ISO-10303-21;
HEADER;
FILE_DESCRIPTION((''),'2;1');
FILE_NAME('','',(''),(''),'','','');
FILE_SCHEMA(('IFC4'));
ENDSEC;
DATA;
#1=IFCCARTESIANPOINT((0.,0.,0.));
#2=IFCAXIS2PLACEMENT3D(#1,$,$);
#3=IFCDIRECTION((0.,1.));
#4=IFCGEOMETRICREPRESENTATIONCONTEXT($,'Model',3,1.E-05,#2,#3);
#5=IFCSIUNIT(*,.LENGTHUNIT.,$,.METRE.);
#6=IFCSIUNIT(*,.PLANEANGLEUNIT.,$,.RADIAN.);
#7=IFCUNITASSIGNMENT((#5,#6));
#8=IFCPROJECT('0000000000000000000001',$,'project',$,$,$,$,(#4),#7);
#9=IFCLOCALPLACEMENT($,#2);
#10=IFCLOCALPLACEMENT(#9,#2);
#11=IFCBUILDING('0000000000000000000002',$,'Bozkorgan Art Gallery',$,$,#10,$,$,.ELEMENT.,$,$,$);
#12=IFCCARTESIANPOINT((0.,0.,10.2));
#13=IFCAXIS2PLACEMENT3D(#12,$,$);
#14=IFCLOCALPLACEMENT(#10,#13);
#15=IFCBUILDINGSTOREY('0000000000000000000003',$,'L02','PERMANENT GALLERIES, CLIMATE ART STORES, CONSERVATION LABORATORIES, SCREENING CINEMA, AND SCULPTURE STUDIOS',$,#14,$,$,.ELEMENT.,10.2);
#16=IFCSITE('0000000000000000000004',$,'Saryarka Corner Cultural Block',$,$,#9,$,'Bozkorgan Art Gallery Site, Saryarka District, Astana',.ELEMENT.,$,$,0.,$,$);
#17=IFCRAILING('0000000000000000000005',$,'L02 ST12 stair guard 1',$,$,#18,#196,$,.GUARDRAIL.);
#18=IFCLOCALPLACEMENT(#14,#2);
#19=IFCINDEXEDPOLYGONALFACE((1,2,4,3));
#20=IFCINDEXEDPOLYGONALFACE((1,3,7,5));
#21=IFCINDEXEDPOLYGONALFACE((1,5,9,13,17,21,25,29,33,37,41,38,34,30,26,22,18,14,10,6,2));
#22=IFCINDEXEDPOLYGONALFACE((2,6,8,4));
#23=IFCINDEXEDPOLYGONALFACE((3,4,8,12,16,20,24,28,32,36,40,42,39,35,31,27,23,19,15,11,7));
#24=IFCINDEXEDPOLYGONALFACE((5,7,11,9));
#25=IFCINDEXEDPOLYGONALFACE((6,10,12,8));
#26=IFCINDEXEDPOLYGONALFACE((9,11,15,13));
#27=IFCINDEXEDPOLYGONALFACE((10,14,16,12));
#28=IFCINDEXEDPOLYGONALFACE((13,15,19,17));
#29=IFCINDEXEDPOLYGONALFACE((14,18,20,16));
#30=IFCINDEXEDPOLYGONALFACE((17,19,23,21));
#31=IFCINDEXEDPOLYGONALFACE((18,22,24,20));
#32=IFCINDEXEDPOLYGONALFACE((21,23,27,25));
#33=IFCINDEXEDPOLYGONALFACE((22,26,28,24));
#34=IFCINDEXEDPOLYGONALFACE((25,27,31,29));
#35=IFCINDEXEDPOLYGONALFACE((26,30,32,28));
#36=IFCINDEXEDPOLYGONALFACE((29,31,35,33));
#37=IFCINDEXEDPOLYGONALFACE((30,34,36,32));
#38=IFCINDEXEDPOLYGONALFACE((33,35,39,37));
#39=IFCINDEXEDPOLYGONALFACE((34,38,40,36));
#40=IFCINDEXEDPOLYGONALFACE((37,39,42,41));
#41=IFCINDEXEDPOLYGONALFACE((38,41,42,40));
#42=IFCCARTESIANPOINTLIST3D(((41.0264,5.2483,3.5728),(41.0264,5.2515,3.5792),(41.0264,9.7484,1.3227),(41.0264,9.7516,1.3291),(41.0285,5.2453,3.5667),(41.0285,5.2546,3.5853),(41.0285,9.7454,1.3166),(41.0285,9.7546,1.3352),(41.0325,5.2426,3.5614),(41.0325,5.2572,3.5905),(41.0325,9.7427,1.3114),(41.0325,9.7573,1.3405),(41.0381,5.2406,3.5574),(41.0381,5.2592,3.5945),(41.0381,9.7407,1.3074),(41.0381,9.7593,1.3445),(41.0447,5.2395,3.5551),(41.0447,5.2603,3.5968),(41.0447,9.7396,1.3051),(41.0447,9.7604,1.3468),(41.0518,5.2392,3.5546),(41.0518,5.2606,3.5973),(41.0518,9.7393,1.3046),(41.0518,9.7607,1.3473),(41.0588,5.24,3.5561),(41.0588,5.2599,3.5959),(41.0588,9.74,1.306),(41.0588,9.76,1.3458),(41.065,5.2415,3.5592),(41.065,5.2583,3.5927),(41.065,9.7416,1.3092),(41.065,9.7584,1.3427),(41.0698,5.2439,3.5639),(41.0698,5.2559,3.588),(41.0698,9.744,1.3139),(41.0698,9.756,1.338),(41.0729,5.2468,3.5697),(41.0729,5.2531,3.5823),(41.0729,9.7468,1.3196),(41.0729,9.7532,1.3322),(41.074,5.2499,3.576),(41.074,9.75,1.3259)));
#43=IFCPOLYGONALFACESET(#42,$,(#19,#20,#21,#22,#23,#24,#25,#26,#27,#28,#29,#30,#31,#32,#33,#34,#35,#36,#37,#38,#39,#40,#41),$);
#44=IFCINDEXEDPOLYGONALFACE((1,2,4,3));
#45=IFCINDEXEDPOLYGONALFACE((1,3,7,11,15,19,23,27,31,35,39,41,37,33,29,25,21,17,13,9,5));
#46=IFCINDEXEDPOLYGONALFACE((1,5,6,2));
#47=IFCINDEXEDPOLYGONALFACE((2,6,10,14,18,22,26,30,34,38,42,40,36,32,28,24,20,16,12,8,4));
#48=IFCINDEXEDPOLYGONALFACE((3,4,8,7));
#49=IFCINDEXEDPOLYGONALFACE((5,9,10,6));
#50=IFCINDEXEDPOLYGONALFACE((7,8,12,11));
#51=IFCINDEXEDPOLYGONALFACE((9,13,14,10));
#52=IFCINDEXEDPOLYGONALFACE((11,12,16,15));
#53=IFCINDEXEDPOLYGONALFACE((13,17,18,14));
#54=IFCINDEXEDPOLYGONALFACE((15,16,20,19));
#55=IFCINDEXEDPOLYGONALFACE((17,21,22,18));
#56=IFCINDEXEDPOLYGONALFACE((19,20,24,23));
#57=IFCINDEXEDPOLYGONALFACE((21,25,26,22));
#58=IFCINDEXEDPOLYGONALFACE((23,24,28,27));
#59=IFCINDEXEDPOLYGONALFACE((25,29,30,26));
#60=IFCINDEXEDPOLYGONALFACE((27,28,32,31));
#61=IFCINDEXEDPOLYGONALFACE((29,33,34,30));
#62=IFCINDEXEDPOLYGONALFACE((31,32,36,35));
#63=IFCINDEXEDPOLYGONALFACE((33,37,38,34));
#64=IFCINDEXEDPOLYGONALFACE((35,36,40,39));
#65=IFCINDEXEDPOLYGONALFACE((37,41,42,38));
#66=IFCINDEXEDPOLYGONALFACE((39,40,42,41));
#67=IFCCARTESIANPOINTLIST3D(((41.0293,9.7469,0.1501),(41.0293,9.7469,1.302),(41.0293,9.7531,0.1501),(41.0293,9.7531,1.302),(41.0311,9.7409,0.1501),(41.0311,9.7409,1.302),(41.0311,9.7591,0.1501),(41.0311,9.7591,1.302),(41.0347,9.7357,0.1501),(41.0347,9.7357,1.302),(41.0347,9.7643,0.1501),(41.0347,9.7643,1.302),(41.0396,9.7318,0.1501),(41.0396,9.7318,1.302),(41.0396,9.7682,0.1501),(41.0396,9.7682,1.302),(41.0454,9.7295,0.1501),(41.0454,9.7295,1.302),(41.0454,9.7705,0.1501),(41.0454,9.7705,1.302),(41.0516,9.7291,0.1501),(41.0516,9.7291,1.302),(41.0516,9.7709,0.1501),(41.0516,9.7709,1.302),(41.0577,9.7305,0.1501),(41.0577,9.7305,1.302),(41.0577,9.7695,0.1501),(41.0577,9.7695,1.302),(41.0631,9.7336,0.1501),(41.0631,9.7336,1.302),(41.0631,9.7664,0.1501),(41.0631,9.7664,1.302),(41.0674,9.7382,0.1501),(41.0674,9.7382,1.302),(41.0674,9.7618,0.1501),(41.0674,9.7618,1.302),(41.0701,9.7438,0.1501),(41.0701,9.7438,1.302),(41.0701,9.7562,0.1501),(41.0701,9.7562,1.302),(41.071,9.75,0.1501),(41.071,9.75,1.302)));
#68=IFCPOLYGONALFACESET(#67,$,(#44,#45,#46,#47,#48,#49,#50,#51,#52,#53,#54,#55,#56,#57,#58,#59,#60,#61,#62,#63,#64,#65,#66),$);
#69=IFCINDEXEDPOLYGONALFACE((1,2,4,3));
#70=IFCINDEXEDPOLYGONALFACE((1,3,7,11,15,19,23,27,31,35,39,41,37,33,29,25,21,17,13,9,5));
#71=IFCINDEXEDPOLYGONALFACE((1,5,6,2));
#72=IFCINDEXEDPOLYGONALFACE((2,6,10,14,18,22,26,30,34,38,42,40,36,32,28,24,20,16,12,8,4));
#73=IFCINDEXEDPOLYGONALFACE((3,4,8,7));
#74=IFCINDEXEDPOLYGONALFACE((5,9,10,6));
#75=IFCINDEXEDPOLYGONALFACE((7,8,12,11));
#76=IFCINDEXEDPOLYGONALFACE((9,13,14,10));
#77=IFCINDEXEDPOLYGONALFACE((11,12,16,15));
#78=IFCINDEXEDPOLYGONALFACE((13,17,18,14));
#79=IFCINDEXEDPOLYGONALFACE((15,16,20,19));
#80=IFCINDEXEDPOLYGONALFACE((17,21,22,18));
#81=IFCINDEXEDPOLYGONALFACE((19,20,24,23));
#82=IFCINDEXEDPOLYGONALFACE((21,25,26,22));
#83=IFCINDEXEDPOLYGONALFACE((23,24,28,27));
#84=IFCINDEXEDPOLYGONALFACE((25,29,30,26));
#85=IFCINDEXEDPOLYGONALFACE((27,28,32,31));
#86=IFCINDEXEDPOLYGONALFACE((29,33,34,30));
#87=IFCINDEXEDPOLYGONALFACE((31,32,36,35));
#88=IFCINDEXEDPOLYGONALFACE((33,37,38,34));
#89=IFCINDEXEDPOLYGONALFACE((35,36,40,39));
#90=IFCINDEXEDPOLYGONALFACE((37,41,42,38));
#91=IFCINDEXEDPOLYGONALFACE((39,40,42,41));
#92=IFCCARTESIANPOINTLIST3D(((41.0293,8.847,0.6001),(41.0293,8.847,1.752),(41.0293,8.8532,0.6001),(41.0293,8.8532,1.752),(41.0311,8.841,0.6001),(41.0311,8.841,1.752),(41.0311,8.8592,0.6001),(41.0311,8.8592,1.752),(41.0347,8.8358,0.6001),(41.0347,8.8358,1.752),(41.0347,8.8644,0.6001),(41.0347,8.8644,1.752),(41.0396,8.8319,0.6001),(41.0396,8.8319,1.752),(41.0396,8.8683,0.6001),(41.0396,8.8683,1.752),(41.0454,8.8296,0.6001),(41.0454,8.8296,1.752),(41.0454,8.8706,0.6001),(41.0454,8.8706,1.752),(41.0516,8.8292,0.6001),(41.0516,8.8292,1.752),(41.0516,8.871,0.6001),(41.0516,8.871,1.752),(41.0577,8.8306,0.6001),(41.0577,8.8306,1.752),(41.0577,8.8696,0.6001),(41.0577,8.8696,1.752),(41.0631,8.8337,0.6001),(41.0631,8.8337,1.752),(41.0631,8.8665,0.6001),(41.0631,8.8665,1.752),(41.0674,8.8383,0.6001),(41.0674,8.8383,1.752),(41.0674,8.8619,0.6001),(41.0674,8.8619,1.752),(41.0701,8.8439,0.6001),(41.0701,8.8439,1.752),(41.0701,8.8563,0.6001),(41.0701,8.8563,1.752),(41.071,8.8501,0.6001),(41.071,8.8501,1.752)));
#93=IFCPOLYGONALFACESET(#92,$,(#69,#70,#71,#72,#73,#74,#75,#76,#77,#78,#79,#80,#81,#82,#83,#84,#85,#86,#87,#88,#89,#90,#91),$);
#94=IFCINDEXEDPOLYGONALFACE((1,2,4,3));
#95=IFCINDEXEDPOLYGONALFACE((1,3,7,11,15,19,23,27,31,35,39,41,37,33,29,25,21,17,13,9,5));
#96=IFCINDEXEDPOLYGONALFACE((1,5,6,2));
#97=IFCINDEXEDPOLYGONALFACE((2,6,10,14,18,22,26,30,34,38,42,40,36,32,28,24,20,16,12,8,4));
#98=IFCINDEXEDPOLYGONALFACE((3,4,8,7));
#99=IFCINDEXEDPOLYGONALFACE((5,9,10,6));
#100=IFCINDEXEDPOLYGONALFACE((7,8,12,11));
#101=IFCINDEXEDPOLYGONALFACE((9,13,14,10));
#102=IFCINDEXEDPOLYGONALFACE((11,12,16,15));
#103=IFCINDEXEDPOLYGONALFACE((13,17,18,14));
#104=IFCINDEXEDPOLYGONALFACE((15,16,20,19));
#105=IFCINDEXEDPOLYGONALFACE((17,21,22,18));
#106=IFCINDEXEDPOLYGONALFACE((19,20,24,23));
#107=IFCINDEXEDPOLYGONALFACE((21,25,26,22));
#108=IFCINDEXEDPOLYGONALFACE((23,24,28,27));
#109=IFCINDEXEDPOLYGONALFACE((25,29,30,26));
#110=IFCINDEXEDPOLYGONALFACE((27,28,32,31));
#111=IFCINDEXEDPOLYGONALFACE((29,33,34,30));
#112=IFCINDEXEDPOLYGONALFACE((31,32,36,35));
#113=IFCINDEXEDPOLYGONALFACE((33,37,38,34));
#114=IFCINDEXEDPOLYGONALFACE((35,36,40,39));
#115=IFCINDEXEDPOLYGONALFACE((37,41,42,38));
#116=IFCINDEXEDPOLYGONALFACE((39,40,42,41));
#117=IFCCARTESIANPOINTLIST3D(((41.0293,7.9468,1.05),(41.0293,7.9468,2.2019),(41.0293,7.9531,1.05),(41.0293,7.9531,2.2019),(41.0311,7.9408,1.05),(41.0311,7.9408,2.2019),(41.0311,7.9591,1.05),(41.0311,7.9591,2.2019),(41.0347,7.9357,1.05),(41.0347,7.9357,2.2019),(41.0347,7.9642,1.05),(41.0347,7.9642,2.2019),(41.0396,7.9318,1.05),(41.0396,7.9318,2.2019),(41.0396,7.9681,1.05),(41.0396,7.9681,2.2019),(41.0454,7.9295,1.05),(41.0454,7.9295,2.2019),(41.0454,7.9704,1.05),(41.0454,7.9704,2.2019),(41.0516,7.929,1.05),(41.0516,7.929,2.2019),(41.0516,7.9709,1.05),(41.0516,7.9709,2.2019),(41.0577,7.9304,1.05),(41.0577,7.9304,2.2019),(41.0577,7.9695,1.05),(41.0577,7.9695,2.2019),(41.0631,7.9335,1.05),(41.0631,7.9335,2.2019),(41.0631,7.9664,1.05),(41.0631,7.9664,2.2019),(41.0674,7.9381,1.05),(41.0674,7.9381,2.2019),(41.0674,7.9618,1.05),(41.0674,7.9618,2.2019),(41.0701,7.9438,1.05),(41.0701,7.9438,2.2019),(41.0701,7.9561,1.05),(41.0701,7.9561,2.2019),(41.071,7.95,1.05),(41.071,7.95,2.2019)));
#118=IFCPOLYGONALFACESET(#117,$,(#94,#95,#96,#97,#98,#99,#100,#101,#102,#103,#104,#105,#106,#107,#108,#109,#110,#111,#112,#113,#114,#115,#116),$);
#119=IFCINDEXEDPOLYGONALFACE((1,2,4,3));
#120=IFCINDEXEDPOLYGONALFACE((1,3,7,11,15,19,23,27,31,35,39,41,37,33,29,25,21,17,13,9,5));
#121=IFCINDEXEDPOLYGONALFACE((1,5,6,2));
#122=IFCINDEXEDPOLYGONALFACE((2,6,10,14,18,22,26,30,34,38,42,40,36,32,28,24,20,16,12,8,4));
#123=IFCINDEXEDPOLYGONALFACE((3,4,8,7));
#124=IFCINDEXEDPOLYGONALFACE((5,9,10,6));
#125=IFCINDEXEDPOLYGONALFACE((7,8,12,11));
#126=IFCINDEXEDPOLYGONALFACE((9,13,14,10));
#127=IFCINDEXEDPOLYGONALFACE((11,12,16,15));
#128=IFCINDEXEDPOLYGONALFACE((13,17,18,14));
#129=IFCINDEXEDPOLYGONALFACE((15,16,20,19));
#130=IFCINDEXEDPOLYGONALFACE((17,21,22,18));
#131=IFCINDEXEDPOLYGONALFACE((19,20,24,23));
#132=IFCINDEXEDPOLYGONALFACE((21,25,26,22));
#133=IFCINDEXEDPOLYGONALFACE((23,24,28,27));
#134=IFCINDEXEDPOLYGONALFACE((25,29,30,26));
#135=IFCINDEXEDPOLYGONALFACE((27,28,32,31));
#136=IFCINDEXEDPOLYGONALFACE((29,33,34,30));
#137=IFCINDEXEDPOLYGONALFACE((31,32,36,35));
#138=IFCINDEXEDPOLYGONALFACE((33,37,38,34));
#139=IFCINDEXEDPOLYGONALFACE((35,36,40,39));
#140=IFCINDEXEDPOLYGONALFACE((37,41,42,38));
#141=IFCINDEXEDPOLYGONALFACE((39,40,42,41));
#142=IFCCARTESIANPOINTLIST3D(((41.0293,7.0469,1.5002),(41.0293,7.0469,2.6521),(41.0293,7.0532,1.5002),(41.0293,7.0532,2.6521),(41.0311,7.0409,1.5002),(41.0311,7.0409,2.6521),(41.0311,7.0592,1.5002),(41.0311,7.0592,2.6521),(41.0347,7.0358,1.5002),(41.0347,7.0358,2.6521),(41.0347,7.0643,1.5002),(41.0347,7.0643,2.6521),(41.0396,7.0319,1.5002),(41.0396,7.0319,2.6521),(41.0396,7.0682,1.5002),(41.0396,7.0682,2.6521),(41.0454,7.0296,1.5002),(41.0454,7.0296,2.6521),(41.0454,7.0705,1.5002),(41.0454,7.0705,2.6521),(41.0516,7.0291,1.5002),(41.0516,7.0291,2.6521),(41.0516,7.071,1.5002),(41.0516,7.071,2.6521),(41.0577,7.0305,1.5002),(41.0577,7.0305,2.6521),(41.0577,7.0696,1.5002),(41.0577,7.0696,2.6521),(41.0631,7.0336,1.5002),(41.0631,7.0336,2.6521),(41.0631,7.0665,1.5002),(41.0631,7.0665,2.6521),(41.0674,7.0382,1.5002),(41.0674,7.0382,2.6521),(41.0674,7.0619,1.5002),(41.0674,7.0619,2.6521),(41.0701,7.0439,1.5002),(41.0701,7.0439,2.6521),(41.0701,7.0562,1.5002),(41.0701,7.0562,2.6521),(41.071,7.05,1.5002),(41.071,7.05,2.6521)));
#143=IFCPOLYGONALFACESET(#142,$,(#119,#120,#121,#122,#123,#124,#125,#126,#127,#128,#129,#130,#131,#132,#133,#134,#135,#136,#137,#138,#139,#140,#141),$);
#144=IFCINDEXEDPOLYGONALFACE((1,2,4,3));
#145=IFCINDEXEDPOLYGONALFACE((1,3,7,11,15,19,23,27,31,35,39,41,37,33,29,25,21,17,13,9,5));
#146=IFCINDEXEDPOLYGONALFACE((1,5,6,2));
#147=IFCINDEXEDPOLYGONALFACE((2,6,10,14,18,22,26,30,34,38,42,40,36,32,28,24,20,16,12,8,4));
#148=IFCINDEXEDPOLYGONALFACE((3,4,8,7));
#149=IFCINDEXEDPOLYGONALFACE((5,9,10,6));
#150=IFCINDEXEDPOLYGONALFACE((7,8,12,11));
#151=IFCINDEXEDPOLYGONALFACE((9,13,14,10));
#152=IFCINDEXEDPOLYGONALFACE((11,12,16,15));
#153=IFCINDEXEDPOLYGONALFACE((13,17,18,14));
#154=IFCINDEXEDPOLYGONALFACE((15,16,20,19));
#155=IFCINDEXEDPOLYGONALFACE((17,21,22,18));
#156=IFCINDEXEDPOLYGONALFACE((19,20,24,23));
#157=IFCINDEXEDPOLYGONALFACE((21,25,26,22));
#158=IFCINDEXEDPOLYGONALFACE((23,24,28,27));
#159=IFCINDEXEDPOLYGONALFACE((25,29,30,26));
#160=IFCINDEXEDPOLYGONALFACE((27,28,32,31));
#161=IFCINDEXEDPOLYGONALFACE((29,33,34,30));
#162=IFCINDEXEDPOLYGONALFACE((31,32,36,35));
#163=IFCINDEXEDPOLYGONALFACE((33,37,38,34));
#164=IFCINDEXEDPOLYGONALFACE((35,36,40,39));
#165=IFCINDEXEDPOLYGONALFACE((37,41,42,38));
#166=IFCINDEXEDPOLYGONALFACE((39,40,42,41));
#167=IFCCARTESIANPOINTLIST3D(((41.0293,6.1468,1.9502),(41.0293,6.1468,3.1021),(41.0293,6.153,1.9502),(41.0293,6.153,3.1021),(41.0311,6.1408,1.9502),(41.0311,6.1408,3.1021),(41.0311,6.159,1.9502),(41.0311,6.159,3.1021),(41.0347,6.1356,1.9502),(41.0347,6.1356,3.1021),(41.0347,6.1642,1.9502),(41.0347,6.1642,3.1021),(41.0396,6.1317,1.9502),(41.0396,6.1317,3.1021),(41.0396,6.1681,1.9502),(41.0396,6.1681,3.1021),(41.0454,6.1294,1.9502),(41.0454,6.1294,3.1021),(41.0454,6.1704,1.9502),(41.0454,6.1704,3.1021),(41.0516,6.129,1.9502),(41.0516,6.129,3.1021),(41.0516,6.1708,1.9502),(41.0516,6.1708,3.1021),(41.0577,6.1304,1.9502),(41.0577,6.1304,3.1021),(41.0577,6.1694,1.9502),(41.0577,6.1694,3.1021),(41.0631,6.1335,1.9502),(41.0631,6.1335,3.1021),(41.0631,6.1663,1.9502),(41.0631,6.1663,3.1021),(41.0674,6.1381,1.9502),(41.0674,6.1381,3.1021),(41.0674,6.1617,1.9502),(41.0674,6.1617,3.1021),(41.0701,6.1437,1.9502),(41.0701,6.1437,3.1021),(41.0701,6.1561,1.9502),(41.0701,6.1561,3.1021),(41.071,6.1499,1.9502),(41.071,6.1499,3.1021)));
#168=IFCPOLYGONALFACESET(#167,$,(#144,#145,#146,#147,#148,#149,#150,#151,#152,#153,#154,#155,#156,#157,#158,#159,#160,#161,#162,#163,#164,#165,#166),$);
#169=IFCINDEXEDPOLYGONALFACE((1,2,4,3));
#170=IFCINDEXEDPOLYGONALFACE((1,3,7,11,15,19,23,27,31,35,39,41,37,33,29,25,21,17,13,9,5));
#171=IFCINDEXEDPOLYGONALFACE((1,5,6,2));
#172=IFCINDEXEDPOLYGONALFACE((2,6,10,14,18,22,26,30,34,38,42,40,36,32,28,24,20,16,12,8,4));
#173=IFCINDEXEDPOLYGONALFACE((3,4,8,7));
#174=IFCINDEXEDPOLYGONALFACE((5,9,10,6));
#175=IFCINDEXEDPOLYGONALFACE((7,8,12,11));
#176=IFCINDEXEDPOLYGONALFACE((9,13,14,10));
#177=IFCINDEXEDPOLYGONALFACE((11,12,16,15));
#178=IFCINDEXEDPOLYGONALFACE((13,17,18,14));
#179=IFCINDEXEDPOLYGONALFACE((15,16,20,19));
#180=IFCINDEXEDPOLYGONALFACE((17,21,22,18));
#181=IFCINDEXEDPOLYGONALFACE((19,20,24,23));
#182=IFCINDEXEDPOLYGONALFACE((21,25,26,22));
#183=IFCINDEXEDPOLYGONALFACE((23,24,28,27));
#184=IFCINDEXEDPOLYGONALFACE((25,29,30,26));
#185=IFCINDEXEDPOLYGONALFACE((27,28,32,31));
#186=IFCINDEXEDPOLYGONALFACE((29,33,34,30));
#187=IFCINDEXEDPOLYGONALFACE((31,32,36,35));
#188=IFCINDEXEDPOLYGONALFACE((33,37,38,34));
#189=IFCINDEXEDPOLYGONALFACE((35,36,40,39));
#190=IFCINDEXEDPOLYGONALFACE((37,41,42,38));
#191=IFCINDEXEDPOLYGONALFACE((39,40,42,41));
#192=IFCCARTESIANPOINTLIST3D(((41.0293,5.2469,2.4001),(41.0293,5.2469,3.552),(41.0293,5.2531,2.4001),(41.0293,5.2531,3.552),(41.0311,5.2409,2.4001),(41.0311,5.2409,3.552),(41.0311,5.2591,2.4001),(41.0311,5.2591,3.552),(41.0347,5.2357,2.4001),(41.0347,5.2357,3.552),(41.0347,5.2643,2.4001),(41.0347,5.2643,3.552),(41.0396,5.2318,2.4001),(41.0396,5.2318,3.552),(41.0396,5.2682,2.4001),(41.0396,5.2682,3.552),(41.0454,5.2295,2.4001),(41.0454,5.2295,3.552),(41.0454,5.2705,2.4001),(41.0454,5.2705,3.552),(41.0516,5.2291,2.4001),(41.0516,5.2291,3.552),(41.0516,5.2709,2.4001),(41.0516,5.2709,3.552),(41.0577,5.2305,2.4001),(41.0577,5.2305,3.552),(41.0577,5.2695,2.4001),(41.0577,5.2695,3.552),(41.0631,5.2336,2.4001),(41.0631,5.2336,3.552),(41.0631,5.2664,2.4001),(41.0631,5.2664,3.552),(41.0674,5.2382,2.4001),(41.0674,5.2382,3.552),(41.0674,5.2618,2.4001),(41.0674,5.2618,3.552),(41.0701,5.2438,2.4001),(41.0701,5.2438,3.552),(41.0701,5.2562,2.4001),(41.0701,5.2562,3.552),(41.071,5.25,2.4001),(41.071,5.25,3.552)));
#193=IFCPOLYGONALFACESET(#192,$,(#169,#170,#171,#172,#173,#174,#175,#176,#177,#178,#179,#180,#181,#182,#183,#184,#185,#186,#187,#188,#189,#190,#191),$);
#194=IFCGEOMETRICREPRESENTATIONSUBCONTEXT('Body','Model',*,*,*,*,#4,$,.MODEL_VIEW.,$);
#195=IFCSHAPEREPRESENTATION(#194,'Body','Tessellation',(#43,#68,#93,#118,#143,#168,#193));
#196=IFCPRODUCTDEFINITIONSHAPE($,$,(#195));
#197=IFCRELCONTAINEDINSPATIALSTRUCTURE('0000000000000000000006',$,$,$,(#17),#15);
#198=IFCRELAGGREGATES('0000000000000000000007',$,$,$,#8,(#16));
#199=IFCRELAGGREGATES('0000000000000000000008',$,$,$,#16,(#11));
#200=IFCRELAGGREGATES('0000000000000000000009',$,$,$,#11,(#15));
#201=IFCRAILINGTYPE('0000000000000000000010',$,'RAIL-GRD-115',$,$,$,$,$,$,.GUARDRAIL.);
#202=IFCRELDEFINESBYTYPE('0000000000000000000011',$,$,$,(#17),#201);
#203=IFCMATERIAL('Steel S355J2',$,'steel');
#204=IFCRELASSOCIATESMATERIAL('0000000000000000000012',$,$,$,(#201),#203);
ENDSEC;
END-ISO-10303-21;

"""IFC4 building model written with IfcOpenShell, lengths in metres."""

from ifc_helpers import new_model, si_unit, direction, frame, origin, origin_2d, place, context, subcontext, project, spatial, circle, extrude, material, type_object, element, save


model = new_model("IFC4")

# Units and contexts
model_context = context("Model", 3, precision=1e-05, world=origin(), true_north=direction((0.0, 1.0)))
body_context = subcontext(model_context, "Body", "Model", "MODEL_VIEW")
ifc_project = project(units=[si_unit("LENGTHUNIT", "METRE"), si_unit("PLANEANGLEUNIT", "RADIAN")], contexts=[model_context])

# Site, building, storey
site_placement = place(None, origin())
site = spatial("IfcSite", under=ifc_project, at=site_placement, Name="Saryarka Corner Cultural Block", LongName="Bozkorgan Art Gallery Site, Saryarka District, Astana", CompositionType="ELEMENT", RefElevation=0.0)
building_placement = place(site_placement, origin())
building = spatial("IfcBuilding", under=site, at=building_placement, Name="Bozkorgan Art Gallery", CompositionType="ELEMENT")
storey_placement = place(building_placement, frame((0.0, 0.0, 10.2)))
storey = spatial("IfcBuildingStorey", under=building, at=storey_placement, Name="L02", Description="PERMANENT GALLERIES, CLIMATE ART STORES, CONSERVATION LABORATORIES, SCREENING CINEMA, AND SCULPTURE STUDIOS", CompositionType="ELEMENT", Elevation=10.2)

# Shared definitions
ifc_material_1 = material(Name="Steel S355J2", Category="steel")

# Railing
railing_type_1 = type_object("IfcRailingType", Name="RAIL-GRD-115", PredefinedType="GUARDRAIL", material=ifc_material_1)
railing_1_placement = place(storey_placement, frame((41.05, 9.75, 0.1501)))
element("IfcRailing", 1, at=railing_1_placement, inside=storey, type_object=railing_type_1, Name="L02 ST12 stair guard 1", PredefinedType="GUARDRAIL", context=body_context, shape_type="SweptSolid", body=[
    extrude(circle(Radius=0.0239, at=origin_2d()), frame((0.0, 0.0, 1.1758), z_axis=(0.0, -0.894427, 0.447214), x_axis=(1.0, 0.0, 0.0)), (0.0, 0.0, 1.0), 5.0312),
    extrude(circle(Radius=0.021, at=origin_2d()), origin(), (0.0, 0.0, 1.0), 1.1519),
    extrude(circle(Radius=0.021, at=origin_2d()), frame((0.0, -0.8999, 0.45)), (0.0, 0.0, 1.0), 1.1519),
    extrude(circle(Radius=0.021, at=origin_2d()), frame((0.0, -1.8, 0.8999)), (0.0, 0.0, 1.0), 1.1519),
    extrude(circle(Radius=0.021, at=origin_2d()), frame((0.0, -2.7, 1.3501)), (0.0, 0.0, 1.0), 1.1519),
    extrude(circle(Radius=0.021, at=origin_2d()), frame((0.0, -3.6001, 1.8)), (0.0, 0.0, 1.0), 1.1519),
    extrude(circle(Radius=0.021, at=origin_2d()), frame((0.0, -4.5, 2.25)), (0.0, 0.0, 1.0), 1.1519),
])

save(model, "model.ifc")
